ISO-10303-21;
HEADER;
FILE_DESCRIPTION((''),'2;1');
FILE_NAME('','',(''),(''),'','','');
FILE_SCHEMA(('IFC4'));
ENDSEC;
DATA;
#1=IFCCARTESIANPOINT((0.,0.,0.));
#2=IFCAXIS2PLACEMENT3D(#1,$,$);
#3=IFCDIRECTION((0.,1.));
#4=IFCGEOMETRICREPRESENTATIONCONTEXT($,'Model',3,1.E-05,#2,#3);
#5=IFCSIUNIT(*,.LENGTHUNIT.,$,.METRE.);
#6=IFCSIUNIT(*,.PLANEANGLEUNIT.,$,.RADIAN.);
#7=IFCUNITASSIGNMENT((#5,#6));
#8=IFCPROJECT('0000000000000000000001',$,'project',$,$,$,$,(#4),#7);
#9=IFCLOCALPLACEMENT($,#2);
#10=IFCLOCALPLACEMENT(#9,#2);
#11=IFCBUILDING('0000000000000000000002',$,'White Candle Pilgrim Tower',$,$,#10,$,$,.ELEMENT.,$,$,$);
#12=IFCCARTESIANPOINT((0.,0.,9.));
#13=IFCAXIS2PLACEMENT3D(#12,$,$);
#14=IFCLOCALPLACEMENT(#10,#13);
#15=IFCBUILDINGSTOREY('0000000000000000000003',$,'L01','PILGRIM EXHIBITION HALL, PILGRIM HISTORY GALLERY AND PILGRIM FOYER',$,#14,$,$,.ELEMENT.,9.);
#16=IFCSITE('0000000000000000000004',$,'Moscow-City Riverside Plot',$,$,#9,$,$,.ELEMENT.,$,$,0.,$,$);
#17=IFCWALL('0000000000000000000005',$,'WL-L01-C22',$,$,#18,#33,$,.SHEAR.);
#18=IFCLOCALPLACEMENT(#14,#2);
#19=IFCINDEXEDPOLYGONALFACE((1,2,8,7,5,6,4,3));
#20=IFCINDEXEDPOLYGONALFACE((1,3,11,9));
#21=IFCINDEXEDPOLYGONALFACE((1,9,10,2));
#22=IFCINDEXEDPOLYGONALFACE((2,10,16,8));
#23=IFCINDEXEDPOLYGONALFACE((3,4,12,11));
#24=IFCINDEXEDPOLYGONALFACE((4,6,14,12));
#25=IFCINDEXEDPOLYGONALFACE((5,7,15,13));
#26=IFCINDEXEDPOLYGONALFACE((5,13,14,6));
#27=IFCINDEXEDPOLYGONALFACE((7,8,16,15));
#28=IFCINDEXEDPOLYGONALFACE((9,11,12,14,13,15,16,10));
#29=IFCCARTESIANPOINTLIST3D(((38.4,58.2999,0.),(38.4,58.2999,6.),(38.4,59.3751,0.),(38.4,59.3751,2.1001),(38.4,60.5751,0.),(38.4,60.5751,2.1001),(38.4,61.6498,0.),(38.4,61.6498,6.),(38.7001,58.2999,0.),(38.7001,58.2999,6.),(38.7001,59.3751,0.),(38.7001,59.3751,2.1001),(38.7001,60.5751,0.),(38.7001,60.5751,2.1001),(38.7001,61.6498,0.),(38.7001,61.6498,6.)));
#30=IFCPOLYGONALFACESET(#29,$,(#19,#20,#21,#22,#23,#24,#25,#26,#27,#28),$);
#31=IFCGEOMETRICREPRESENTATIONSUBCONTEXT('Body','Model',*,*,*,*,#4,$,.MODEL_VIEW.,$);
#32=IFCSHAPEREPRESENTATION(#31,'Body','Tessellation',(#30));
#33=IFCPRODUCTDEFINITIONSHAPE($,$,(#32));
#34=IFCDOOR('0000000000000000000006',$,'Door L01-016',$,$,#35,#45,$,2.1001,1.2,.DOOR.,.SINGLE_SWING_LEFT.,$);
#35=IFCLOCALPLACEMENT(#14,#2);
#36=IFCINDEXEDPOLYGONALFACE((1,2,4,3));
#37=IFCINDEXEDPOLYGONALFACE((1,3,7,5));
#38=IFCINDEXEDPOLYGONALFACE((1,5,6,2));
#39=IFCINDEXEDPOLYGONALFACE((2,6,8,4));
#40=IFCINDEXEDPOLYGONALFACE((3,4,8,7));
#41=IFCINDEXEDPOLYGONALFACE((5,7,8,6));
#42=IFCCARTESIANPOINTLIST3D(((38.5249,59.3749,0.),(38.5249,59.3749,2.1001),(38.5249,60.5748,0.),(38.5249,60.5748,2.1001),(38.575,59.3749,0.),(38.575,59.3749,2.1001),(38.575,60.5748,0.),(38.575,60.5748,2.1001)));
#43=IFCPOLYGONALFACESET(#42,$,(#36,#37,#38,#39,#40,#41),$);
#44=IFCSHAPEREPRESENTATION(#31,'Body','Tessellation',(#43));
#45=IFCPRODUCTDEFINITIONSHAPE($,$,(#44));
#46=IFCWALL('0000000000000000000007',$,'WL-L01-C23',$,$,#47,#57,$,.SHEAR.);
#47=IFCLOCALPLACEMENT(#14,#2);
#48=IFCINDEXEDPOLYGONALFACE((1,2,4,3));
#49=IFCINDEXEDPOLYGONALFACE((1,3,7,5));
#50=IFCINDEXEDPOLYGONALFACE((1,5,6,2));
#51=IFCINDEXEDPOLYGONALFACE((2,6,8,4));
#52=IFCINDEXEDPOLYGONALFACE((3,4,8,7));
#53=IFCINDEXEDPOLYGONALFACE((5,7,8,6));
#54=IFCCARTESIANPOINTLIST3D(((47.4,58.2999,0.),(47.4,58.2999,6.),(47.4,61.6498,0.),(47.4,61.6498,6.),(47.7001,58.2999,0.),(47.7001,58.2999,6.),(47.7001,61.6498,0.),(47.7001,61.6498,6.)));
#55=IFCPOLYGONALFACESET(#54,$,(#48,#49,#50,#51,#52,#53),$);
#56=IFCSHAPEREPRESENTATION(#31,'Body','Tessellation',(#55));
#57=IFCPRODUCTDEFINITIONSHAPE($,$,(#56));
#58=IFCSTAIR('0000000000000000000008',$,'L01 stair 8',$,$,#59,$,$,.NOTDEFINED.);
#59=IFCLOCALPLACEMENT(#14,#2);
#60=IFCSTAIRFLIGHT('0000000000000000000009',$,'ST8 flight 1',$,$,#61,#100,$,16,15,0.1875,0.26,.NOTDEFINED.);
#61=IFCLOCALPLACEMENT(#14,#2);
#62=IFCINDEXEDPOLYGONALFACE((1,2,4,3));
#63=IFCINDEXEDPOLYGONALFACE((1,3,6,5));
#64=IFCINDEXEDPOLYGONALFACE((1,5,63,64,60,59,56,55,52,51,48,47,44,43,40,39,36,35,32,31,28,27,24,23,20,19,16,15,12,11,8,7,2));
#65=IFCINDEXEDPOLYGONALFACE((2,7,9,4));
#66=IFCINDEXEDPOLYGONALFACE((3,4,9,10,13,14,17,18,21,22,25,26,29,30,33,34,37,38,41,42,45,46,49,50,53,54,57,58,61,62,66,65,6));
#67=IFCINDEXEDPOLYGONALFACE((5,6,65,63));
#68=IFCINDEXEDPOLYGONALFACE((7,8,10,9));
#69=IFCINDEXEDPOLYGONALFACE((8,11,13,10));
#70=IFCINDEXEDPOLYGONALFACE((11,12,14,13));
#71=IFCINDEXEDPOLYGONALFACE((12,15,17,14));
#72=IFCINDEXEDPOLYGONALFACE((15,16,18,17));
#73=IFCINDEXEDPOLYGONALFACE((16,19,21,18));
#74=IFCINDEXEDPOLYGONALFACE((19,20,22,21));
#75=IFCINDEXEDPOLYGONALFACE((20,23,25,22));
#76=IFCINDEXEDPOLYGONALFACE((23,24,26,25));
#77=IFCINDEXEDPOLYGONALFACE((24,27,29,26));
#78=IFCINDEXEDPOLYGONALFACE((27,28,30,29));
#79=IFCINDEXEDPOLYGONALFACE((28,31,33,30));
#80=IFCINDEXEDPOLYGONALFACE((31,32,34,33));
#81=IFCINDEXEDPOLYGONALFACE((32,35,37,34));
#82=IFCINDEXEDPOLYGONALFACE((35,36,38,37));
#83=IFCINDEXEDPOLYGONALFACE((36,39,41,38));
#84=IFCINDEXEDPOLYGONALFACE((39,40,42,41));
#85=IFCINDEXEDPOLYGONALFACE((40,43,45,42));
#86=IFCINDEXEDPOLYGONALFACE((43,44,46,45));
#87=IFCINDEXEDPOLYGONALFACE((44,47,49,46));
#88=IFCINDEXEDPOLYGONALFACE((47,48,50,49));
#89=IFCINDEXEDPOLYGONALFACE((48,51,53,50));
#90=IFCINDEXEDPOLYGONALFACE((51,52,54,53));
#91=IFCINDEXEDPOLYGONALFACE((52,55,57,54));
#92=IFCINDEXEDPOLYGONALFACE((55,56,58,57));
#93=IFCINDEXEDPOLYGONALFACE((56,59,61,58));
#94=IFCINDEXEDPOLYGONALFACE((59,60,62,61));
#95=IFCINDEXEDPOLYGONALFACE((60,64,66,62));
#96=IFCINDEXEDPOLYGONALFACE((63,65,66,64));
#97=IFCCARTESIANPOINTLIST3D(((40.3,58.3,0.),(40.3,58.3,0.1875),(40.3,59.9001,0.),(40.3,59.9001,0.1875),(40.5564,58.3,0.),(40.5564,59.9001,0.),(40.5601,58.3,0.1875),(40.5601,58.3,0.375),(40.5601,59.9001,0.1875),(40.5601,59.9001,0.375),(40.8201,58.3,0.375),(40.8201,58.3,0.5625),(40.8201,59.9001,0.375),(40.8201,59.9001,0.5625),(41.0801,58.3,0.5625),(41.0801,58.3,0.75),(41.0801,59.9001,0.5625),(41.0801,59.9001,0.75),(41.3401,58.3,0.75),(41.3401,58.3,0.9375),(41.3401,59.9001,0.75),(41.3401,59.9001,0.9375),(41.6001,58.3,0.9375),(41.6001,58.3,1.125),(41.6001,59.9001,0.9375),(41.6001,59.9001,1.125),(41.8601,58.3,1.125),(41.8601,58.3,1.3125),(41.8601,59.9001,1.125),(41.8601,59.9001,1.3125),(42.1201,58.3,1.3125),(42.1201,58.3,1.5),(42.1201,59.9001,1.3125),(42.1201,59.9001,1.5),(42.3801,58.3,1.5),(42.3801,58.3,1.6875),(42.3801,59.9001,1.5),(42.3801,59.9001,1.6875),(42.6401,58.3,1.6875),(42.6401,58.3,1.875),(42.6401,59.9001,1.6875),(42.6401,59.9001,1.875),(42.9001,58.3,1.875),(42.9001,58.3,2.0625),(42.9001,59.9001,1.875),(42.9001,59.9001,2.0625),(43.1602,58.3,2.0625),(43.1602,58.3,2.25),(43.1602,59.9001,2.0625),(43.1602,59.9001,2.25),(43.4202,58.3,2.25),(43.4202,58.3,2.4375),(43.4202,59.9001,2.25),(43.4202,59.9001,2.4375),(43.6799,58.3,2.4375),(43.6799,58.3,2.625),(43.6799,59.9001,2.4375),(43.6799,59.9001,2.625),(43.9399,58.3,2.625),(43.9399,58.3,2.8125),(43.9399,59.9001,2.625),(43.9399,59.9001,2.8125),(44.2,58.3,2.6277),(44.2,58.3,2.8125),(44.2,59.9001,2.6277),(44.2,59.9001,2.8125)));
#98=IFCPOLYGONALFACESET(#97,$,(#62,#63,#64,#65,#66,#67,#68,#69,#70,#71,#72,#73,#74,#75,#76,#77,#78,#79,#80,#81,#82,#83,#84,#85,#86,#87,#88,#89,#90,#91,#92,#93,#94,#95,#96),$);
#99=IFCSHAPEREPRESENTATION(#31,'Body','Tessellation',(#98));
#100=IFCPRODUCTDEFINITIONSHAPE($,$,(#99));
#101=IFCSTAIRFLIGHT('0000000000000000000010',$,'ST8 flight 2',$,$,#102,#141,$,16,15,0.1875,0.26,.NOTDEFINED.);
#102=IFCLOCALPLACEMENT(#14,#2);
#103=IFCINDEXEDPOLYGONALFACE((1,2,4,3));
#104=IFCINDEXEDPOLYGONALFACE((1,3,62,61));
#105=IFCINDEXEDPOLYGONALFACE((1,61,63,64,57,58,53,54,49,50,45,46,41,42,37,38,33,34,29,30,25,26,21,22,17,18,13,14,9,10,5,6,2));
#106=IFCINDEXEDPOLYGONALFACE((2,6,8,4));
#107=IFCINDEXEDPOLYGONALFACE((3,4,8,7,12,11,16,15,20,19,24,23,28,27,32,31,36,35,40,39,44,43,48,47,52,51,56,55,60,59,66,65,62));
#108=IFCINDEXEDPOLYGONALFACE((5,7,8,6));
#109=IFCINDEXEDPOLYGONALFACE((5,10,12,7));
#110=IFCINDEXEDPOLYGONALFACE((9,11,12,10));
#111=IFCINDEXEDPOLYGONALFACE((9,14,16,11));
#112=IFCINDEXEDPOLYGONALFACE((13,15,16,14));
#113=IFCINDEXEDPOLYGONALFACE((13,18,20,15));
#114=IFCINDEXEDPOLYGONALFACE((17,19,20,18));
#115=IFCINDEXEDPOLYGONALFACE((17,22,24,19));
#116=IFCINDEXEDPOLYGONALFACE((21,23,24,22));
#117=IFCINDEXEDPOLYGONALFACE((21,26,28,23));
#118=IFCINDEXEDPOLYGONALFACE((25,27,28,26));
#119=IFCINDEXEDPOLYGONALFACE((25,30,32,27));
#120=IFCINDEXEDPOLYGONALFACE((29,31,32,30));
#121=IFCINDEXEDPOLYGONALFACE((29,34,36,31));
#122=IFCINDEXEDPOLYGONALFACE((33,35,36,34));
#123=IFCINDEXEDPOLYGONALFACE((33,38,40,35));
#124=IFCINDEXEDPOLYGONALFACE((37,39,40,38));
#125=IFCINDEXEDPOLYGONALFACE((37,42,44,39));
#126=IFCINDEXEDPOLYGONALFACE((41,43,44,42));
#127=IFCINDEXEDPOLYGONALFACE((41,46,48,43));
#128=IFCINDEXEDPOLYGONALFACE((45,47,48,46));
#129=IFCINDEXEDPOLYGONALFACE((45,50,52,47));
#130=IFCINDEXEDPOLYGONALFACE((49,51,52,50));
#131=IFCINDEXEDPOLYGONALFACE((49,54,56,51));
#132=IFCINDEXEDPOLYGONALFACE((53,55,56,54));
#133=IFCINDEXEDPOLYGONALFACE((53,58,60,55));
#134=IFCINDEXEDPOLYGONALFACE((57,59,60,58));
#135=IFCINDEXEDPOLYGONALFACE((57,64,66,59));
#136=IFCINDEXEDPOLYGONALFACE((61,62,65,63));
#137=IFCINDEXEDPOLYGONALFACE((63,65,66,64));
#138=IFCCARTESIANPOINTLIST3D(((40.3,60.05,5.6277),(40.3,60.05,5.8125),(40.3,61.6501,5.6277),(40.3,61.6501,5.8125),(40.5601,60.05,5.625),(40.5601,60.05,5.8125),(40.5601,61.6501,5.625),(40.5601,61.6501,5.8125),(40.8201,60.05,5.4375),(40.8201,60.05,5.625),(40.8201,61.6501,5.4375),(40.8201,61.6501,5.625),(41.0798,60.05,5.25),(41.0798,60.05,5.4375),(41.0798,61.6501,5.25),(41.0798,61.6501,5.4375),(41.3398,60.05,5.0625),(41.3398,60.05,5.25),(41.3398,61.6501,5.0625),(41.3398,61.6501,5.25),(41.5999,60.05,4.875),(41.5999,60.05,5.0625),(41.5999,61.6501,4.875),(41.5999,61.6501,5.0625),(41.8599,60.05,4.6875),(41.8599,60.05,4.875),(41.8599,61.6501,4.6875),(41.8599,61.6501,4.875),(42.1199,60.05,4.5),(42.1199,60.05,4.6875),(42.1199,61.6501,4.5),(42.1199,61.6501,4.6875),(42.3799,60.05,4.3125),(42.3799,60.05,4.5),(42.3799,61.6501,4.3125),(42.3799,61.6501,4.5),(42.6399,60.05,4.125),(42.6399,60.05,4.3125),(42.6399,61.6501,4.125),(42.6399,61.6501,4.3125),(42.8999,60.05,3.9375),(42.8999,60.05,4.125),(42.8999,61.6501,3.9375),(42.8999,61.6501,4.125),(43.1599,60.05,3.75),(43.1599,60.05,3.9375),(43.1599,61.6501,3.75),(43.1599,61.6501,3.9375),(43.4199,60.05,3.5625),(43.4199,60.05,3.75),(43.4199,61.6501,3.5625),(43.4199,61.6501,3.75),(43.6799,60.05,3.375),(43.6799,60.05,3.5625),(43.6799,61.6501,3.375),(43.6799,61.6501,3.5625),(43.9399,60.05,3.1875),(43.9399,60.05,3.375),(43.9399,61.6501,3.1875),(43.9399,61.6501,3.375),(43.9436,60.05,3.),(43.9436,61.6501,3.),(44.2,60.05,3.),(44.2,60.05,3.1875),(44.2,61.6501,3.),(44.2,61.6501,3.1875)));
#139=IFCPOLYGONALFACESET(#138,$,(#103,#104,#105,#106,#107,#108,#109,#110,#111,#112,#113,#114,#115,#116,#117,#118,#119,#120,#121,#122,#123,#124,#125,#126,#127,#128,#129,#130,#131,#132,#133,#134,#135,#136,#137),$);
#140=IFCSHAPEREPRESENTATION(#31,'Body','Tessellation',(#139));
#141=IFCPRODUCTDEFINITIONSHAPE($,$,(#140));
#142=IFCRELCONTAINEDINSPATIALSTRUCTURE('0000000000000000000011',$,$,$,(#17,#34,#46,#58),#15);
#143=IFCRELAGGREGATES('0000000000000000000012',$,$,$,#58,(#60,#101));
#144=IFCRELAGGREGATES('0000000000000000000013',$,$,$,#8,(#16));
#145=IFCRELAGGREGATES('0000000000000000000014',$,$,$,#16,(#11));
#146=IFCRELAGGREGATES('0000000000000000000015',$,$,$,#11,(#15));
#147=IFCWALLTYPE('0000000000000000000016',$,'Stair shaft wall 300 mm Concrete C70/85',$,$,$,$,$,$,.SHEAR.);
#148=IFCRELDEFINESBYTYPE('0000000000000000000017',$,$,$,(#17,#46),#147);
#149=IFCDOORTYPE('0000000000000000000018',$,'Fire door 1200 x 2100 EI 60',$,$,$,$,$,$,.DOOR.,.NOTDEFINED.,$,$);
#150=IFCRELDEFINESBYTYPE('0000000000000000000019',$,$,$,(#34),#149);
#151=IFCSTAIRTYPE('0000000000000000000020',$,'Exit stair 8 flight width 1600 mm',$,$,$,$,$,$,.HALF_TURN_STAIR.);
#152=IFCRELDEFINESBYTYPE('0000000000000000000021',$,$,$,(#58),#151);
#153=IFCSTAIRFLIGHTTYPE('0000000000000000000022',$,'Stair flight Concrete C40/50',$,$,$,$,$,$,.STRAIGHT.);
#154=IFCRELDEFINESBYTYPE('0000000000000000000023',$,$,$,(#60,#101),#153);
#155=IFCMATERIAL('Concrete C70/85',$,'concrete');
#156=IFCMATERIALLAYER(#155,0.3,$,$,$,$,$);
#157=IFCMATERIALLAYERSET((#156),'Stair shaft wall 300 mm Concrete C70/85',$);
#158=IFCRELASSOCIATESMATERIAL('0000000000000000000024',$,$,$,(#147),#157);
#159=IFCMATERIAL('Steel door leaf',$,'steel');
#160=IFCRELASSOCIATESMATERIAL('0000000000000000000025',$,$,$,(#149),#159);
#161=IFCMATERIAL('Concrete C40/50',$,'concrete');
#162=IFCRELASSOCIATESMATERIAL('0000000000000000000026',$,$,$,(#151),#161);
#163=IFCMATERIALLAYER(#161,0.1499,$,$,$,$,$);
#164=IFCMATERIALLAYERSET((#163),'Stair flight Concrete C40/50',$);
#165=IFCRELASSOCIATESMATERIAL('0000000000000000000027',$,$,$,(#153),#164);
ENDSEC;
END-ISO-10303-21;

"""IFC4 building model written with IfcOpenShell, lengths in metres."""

from ifc_helpers import new_model, si_unit, direction, frame, frame_2d, origin, place, context, subcontext, project, spatial, polyline, rectangle, outline, extrude, material, layer, layer_set, type_object, element, fill, aggregate, save


model = new_model("IFC4")

# Units and contexts
model_context = context("Model", 3, precision=1e-05, world=origin(), true_north=direction((0.0, 1.0)))
body_context = subcontext(model_context, "Body", "Model", "MODEL_VIEW")
ifc_project = project(units=[si_unit("LENGTHUNIT", "METRE"), si_unit("PLANEANGLEUNIT", "RADIAN")], contexts=[model_context])

# Site, building, storey
site_placement = place(None, origin())
site = spatial("IfcSite", under=ifc_project, at=site_placement, Name="Moscow-City Riverside Plot", CompositionType="ELEMENT", RefElevation=0.0)
building_placement = place(site_placement, origin())
building = spatial("IfcBuilding", under=site, at=building_placement, Name="White Candle Pilgrim Tower", CompositionType="ELEMENT")
storey_placement = place(building_placement, frame((0.0, 0.0, 9.0)))
storey = spatial("IfcBuildingStorey", under=building, at=storey_placement, Name="L01", Description="PILGRIM EXHIBITION HALL, PILGRIM HISTORY GALLERY AND PILGRIM FOYER", CompositionType="ELEMENT", Elevation=9.0)

# Wall, opening, door
ifc_material_1 = material(Name="Concrete C70/85", Category="concrete")
ifc_layer_1 = layer(ifc_material_1, 0.3)
ifc_layer_set_1 = layer_set([ifc_layer_1], Name="Stair shaft wall 300 mm Concrete C70/85")
wall_type_1 = type_object("IfcWallType", Name="Stair shaft wall 300 mm Concrete C70/85", PredefinedType="SHEAR", material=ifc_layer_set_1)
wall_1_placement = place(storey_placement, frame((38.55, 58.3, 0.0), z_axis=(0.0, 0.0, 1.0), x_axis=(0.0, 1.0, 0.0)))
wall_1 = element("IfcWall", 1, at=wall_1_placement, inside=storey, type_object=wall_type_1, Name="WL-L01-C22", PredefinedType="SHEAR", context=body_context, shape_type="SweptSolid", body=[
    extrude(rectangle(XDim=3.3499, YDim=0.3, at=frame_2d((1.6748, 0.0))), origin(), (0.0, 0.0, 1.0), 6.0),
])
opening_placement = place(wall_1_placement, frame((1.075, 0.0, 0.0)))
opening = element("IfcOpeningElement", 2, at=opening_placement, cuts=wall_1, PredefinedType="OPENING", context=body_context, shape_type="SweptSolid", body=[
    extrude(rectangle(XDim=1.2, YDim=2.1001, at=frame_2d((0.6001, 1.05))), frame((0.0, 0.1599, 0.0), z_axis=(0.0, -1.0, 0.0), x_axis=(1.0, 0.0, 0.0)), (0.0, 0.0, 1.0), 0.3201),
])
ifc_material_2 = material(Name="Steel door leaf", Category="steel")
door_type = type_object("IfcDoorType", Name="Fire door 1200 x 2100 EI 60", OperationType="NOTDEFINED", PredefinedType="DOOR", material=ifc_material_2)
door_placement = place(opening_placement, frame((1.2, 0.0, 0.0), z_axis=(0.0, 0.0, 1.0), x_axis=(-1.0, 0.0, 0.0)))
door = element("IfcDoor", 3, at=door_placement, inside=storey, type_object=door_type, Name="Door L01-016", OperationType="SINGLE_SWING_LEFT", OverallHeight=2.1001, OverallWidth=1.2, PredefinedType="DOOR", context=body_context, shape_type="SweptSolid", body=[
    extrude(rectangle(XDim=1.2, YDim=2.1001, at=frame_2d((0.6001, 1.05))), frame((0.0, 0.0249, 0.0), z_axis=(0.0, -1.0, 0.0), x_axis=(1.0, 0.0, 0.0)), (0.0, 0.0, 1.0), 0.05),
])
fill(opening, door)

# Wall
wall_2_placement = place(storey_placement, frame((47.55, 58.3, 0.0), z_axis=(0.0, 0.0, 1.0), x_axis=(0.0, 1.0, 0.0)))
element("IfcWall", 4, at=wall_2_placement, inside=storey, type_object=wall_type_1, Name="WL-L01-C23", PredefinedType="SHEAR", context=body_context, shape_type="SweptSolid", body=[
    extrude(rectangle(XDim=3.3499, YDim=0.3, at=frame_2d((1.6748, 0.0))), origin(), (0.0, 0.0, 1.0), 6.0),
])

# Stair, stair flights
ifc_material_3 = material(Name="Concrete C40/50", Category="concrete")
stair_type = type_object("IfcStairType", Name="Exit stair 8 flight width 1600 mm", PredefinedType="HALF_TURN_STAIR", material=ifc_material_3)
stair_placement = place(storey_placement, origin())
stair = element("IfcStair", 5, at=stair_placement, inside=storey, type_object=stair_type, Name="L01 stair 8", PredefinedType="NOTDEFINED")
ifc_layer_2 = layer(ifc_material_3, 0.1499)
ifc_layer_set_2 = layer_set([ifc_layer_2], Name="Stair flight Concrete C40/50")
stair_flight_type = type_object("IfcStairFlightType", Name="Stair flight Concrete C40/50", PredefinedType="STRAIGHT", material=ifc_layer_set_2)
stair_flight_1_placement = place(storey_placement, frame((40.3, 59.1001, 0.0), z_axis=(0.0, 0.0, 1.0), x_axis=(1.0, 0.0, 0.0)))
stair_flight_1 = element("IfcStairFlight", 6, at=stair_flight_1_placement, type_object=stair_flight_type, Name="ST8 flight 1", NumberOfRisers=16, NumberOfTreads=15, PredefinedType="NOTDEFINED", RiserHeight=0.1875, TreadLength=0.26, context=body_context, shape_type="SweptSolid", body=[
    extrude(outline(polyline([(0.0, 0.0), (0.0, 0.1875), (0.26, 0.1875), (0.26, 0.375), (0.52, 0.375), (0.52, 0.5625), (0.78, 0.5625), (0.78, 0.75), (1.04, 0.75), (1.04, 0.9375), (1.3, 0.9375), (1.3, 1.125), (1.5601, 1.125), (1.5601, 1.3125), (1.8201, 1.3125), (1.8201, 1.5), (2.0801, 1.5), (2.0801, 1.6875), (2.3401, 1.6875), (2.3401, 1.875), (2.6001, 1.875), (2.6001, 2.0625), (2.8601, 2.0625), (2.8601, 2.25), (3.1201, 2.25), (3.1201, 2.4375), (3.3799, 2.4375), (3.3799, 2.625), (3.6399, 2.625), (3.6399, 2.8125), (3.8999, 2.8125), (3.8999, 3.0), (3.8999, 2.6277), (0.2563, 0.0), (0.0, 0.0)])), frame((0.0, 0.8, 0.0), z_axis=(0.0, -1.0, 0.0), x_axis=(1.0, 0.0, 0.0)), (0.0, 0.0, 1.0), 1.6001),
])
stair_flight_2_placement = place(storey_placement, frame((44.2, 60.8501, 3.0), z_axis=(0.0, 0.0, 1.0), x_axis=(-1.0, 0.0, 0.0)))
stair_flight_2 = element("IfcStairFlight", 7, at=stair_flight_2_placement, type_object=stair_flight_type, Name="ST8 flight 2", NumberOfRisers=16, NumberOfTreads=15, PredefinedType="NOTDEFINED", RiserHeight=0.1875, TreadLength=0.26, context=body_context, shape_type="SweptSolid", body=[
    extrude(outline(polyline([(0.0, 0.0), (0.0, 0.1875), (0.26, 0.1875), (0.26, 0.375), (0.52, 0.375), (0.52, 0.5625), (0.78, 0.5625), (0.78, 0.75), (1.04, 0.75), (1.04, 0.9375), (1.3, 0.9375), (1.3, 1.125), (1.5601, 1.125), (1.5601, 1.3125), (1.8201, 1.3125), (1.8201, 1.5), (2.0801, 1.5), (2.0801, 1.6875), (2.3401, 1.6875), (2.3401, 1.875), (2.6001, 1.875), (2.6001, 2.0625), (2.8601, 2.0625), (2.8601, 2.25), (3.1201, 2.25), (3.1201, 2.4375), (3.3799, 2.4375), (3.3799, 2.625), (3.6399, 2.625), (3.6399, 2.8125), (3.8999, 2.8125), (3.8999, 3.0), (3.8999, 2.6277), (0.2563, 0.0), (0.0, 0.0)])), frame((0.0, 0.8, 0.0), z_axis=(0.0, -1.0, 0.0), x_axis=(1.0, 0.0, 0.0)), (0.0, 0.0, 1.0), 1.6001),
])
aggregate(stair, [stair_flight_1, stair_flight_2])

save(model, "model.ifc")
